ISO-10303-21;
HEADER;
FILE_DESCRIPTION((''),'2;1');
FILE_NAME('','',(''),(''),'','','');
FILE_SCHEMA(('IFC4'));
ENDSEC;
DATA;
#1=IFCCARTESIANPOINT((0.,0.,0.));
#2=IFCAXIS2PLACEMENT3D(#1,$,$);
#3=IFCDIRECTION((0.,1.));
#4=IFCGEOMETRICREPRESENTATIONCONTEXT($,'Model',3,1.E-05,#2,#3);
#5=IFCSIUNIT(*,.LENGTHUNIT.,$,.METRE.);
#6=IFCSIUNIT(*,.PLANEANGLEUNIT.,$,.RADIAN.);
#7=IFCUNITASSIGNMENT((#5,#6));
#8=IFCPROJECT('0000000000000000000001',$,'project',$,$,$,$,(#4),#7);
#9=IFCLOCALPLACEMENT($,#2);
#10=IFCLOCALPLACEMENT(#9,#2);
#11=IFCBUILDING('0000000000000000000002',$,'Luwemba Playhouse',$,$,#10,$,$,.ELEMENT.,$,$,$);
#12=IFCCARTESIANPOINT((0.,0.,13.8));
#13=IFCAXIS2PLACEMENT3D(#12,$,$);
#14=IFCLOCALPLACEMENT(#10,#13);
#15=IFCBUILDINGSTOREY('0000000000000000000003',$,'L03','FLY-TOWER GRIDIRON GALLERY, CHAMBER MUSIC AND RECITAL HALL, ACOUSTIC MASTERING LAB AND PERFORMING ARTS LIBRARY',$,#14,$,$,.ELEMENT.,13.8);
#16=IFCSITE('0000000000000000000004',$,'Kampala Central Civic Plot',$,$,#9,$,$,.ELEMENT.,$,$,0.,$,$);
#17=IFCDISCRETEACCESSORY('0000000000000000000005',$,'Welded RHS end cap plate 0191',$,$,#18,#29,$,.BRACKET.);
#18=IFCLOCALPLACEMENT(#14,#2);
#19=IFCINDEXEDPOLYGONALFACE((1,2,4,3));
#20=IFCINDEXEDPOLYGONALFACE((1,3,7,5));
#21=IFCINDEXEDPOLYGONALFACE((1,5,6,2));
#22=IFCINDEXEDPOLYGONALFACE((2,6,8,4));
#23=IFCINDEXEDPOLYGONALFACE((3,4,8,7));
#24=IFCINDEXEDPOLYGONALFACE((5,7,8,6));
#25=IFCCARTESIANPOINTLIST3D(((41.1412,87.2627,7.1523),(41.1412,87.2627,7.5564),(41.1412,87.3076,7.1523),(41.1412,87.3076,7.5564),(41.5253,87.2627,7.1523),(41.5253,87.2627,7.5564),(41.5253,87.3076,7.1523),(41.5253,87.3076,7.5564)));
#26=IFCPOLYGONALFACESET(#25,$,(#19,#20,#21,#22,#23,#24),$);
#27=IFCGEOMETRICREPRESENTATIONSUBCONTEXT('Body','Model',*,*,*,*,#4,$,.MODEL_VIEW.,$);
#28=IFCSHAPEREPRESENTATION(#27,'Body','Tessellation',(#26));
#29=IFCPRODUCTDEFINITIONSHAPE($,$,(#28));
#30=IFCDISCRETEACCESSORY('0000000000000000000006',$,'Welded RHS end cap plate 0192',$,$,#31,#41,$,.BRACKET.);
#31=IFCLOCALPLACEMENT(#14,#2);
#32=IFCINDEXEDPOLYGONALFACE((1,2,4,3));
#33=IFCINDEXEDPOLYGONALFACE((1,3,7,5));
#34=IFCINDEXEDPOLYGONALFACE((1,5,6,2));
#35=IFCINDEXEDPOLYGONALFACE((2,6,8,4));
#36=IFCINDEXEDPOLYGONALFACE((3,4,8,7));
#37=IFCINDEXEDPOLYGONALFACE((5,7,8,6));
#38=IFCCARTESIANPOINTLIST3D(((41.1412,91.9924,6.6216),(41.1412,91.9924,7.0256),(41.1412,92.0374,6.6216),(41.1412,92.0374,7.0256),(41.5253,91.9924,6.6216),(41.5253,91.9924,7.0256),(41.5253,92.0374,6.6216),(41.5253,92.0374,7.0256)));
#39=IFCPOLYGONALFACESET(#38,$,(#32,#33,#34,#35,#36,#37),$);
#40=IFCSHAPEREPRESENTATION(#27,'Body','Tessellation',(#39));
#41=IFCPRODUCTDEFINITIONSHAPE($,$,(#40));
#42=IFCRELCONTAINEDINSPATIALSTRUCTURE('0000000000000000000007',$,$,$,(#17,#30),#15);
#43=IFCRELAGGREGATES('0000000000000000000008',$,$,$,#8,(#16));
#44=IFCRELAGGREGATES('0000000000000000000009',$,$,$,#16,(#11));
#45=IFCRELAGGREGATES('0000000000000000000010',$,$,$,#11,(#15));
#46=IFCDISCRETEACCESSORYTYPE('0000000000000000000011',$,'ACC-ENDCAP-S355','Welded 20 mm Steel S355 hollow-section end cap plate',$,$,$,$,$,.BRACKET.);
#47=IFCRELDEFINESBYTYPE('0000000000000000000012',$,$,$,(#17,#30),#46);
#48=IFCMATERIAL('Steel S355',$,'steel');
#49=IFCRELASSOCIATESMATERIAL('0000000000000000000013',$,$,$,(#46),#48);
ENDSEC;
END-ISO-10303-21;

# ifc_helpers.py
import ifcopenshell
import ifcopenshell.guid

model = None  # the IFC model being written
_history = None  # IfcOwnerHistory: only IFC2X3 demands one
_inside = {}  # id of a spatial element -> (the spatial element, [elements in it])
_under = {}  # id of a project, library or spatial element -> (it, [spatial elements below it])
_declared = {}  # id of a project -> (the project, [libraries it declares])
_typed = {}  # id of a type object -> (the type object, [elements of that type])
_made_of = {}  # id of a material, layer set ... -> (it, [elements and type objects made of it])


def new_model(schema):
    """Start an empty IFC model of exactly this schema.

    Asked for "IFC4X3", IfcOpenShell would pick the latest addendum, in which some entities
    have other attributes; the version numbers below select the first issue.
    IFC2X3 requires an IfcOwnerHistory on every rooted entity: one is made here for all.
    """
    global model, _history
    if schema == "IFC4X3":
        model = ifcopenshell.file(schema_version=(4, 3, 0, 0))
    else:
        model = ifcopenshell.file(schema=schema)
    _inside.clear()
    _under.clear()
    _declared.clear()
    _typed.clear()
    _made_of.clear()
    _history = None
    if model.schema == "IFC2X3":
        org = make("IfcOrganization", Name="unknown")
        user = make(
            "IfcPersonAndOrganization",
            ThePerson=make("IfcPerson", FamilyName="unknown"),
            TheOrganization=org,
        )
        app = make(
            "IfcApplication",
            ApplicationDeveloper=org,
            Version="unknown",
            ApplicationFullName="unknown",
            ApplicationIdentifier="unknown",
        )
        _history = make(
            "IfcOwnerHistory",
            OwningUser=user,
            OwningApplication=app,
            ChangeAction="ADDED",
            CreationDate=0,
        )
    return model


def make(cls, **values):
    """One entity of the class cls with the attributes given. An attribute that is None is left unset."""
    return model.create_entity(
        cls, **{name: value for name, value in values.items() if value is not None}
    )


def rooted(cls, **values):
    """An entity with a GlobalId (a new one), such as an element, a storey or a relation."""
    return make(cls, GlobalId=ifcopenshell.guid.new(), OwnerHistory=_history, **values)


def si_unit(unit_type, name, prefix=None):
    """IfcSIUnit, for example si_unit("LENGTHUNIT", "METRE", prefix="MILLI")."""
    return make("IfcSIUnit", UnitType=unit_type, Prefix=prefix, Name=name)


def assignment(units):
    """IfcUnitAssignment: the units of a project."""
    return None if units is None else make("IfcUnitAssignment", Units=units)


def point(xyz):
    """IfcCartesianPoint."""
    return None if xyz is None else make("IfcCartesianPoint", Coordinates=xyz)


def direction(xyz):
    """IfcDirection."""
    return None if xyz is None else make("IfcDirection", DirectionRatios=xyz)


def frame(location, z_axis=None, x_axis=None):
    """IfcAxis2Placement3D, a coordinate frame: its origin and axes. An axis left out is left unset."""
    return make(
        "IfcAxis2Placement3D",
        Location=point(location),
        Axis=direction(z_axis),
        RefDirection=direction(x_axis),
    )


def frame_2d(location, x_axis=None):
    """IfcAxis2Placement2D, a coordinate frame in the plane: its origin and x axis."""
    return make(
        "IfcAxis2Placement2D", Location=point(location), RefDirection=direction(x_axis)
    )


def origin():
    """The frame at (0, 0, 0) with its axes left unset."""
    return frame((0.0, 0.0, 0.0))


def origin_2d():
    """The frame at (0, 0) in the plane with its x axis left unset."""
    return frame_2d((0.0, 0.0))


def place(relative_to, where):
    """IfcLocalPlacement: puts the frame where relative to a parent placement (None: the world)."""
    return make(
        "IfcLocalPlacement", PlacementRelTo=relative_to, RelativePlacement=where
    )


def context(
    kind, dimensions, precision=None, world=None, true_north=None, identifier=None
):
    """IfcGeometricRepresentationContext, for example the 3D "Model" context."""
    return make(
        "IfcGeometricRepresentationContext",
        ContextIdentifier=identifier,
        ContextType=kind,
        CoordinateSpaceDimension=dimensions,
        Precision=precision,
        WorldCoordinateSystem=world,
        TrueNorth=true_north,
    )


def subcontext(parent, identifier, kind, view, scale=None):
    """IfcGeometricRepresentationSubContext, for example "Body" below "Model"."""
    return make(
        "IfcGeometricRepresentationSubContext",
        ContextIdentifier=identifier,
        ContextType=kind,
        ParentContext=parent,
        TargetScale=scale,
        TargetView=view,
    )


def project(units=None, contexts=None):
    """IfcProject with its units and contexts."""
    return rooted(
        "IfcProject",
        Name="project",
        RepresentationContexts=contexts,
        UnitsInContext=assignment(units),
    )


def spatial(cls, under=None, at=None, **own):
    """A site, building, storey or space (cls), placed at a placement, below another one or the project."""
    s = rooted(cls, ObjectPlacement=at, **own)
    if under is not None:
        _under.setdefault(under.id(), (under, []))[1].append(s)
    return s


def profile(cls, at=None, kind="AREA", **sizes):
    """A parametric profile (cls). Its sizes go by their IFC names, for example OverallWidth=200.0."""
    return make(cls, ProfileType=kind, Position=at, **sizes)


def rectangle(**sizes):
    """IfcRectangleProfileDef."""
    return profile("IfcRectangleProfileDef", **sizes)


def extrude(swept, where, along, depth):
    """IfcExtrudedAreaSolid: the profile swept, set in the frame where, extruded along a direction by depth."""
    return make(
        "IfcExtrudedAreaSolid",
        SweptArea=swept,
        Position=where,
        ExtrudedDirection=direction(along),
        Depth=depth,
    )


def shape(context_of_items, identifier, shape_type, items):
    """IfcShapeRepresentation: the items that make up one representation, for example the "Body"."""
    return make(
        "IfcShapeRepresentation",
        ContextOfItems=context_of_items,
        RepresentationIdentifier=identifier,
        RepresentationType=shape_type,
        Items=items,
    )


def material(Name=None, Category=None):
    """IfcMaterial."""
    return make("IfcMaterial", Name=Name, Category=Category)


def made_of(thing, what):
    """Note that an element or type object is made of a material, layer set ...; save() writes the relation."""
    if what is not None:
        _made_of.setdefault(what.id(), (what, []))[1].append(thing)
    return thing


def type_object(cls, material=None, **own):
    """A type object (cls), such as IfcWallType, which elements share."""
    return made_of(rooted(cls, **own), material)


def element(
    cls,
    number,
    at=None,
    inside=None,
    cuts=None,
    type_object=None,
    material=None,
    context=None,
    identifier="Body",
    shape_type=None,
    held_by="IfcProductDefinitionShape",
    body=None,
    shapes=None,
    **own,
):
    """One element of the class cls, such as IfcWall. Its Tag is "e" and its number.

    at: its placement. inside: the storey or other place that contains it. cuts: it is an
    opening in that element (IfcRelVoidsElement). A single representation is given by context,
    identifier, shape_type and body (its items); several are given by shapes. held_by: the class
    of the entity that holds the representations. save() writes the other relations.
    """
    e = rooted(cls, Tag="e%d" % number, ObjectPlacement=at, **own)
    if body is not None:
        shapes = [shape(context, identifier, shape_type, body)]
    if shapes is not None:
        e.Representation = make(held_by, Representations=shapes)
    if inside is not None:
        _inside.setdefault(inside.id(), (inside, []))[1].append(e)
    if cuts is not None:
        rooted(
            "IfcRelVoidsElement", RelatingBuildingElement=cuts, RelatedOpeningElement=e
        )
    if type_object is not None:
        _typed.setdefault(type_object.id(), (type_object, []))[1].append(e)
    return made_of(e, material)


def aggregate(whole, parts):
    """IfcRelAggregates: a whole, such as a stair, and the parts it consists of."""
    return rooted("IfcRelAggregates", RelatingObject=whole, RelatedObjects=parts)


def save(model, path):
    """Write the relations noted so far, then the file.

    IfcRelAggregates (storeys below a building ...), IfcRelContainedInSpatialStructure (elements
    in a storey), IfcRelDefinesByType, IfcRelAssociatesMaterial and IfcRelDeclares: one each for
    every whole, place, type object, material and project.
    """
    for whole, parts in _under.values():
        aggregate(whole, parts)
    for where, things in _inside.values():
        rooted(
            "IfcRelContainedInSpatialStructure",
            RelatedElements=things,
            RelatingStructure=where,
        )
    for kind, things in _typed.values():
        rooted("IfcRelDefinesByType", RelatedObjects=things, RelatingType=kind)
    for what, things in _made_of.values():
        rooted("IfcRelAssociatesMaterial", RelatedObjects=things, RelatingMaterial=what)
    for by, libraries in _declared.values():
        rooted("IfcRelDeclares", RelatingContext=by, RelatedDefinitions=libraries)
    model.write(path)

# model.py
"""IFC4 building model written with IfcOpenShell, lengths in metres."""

from ifc_helpers import new_model, si_unit, direction, frame, origin, origin_2d, place, context, subcontext, project, spatial, rectangle, extrude, material, type_object, element, save


model = new_model("IFC4")

# Units and contexts
model_context = context("Model", 3, precision=1e-05, world=origin(), true_north=direction((0.0, 1.0)))
body_context = subcontext(model_context, "Body", "Model", "MODEL_VIEW")
ifc_project = project(units=[si_unit("LENGTHUNIT", "METRE"), si_unit("PLANEANGLEUNIT", "RADIAN")], contexts=[model_context])

# Site, building, storey
site_placement = place(None, origin())
site = spatial("IfcSite", under=ifc_project, at=site_placement, Name="Kampala Central Civic Plot", CompositionType="ELEMENT", RefElevation=0.0)
building_placement = place(site_placement, origin())
building = spatial("IfcBuilding", under=site, at=building_placement, Name="Luwemba Playhouse", CompositionType="ELEMENT")
storey_placement = place(building_placement, frame((0.0, 0.0, 13.8)))
storey = spatial("IfcBuildingStorey", under=building, at=storey_placement, Name="L03", Description="FLY-TOWER GRIDIRON GALLERY, CHAMBER MUSIC AND RECITAL HALL, ACOUSTIC MASTERING LAB AND PERFORMING ARTS LIBRARY", CompositionType="ELEMENT", Elevation=13.8)

# Shared definitions
ifc_material_1 = material(Name="Steel S355", Category="steel")

# Discrete accessories
discrete_accessory_type = type_object("IfcDiscreteAccessoryType", Name="ACC-ENDCAP-S355", Description="Welded 20 mm Steel S355 hollow-section end cap plate", PredefinedType="BRACKET", material=ifc_material_1)
for number, where, z_axis, x_axis, name in (
    (1, (41.3333, 87.2852, 7.1523), (0.0, 0.0, 1.0), (1.0, 0.0, 0.0), "Welded RHS end cap plate 0191"),
    (2, (41.3333, 92.0149, 6.6216), (0.0, 0.0, 1.0), (1.0, 0.0, 0.0), "Welded RHS end cap plate 0192"),
):
    element("IfcDiscreteAccessory", number, at=place(storey_placement, frame(where, z_axis=z_axis, x_axis=x_axis)), inside=storey, type_object=discrete_accessory_type, Name=name, PredefinedType="BRACKET", context=body_context, shape_type="SweptSolid", body=[
        extrude(rectangle(XDim=0.384, YDim=0.0449, at=origin_2d()), origin(), (0.0, 0.0, 1.0), 0.4041),
    ])

save(model, "model.ifc")
